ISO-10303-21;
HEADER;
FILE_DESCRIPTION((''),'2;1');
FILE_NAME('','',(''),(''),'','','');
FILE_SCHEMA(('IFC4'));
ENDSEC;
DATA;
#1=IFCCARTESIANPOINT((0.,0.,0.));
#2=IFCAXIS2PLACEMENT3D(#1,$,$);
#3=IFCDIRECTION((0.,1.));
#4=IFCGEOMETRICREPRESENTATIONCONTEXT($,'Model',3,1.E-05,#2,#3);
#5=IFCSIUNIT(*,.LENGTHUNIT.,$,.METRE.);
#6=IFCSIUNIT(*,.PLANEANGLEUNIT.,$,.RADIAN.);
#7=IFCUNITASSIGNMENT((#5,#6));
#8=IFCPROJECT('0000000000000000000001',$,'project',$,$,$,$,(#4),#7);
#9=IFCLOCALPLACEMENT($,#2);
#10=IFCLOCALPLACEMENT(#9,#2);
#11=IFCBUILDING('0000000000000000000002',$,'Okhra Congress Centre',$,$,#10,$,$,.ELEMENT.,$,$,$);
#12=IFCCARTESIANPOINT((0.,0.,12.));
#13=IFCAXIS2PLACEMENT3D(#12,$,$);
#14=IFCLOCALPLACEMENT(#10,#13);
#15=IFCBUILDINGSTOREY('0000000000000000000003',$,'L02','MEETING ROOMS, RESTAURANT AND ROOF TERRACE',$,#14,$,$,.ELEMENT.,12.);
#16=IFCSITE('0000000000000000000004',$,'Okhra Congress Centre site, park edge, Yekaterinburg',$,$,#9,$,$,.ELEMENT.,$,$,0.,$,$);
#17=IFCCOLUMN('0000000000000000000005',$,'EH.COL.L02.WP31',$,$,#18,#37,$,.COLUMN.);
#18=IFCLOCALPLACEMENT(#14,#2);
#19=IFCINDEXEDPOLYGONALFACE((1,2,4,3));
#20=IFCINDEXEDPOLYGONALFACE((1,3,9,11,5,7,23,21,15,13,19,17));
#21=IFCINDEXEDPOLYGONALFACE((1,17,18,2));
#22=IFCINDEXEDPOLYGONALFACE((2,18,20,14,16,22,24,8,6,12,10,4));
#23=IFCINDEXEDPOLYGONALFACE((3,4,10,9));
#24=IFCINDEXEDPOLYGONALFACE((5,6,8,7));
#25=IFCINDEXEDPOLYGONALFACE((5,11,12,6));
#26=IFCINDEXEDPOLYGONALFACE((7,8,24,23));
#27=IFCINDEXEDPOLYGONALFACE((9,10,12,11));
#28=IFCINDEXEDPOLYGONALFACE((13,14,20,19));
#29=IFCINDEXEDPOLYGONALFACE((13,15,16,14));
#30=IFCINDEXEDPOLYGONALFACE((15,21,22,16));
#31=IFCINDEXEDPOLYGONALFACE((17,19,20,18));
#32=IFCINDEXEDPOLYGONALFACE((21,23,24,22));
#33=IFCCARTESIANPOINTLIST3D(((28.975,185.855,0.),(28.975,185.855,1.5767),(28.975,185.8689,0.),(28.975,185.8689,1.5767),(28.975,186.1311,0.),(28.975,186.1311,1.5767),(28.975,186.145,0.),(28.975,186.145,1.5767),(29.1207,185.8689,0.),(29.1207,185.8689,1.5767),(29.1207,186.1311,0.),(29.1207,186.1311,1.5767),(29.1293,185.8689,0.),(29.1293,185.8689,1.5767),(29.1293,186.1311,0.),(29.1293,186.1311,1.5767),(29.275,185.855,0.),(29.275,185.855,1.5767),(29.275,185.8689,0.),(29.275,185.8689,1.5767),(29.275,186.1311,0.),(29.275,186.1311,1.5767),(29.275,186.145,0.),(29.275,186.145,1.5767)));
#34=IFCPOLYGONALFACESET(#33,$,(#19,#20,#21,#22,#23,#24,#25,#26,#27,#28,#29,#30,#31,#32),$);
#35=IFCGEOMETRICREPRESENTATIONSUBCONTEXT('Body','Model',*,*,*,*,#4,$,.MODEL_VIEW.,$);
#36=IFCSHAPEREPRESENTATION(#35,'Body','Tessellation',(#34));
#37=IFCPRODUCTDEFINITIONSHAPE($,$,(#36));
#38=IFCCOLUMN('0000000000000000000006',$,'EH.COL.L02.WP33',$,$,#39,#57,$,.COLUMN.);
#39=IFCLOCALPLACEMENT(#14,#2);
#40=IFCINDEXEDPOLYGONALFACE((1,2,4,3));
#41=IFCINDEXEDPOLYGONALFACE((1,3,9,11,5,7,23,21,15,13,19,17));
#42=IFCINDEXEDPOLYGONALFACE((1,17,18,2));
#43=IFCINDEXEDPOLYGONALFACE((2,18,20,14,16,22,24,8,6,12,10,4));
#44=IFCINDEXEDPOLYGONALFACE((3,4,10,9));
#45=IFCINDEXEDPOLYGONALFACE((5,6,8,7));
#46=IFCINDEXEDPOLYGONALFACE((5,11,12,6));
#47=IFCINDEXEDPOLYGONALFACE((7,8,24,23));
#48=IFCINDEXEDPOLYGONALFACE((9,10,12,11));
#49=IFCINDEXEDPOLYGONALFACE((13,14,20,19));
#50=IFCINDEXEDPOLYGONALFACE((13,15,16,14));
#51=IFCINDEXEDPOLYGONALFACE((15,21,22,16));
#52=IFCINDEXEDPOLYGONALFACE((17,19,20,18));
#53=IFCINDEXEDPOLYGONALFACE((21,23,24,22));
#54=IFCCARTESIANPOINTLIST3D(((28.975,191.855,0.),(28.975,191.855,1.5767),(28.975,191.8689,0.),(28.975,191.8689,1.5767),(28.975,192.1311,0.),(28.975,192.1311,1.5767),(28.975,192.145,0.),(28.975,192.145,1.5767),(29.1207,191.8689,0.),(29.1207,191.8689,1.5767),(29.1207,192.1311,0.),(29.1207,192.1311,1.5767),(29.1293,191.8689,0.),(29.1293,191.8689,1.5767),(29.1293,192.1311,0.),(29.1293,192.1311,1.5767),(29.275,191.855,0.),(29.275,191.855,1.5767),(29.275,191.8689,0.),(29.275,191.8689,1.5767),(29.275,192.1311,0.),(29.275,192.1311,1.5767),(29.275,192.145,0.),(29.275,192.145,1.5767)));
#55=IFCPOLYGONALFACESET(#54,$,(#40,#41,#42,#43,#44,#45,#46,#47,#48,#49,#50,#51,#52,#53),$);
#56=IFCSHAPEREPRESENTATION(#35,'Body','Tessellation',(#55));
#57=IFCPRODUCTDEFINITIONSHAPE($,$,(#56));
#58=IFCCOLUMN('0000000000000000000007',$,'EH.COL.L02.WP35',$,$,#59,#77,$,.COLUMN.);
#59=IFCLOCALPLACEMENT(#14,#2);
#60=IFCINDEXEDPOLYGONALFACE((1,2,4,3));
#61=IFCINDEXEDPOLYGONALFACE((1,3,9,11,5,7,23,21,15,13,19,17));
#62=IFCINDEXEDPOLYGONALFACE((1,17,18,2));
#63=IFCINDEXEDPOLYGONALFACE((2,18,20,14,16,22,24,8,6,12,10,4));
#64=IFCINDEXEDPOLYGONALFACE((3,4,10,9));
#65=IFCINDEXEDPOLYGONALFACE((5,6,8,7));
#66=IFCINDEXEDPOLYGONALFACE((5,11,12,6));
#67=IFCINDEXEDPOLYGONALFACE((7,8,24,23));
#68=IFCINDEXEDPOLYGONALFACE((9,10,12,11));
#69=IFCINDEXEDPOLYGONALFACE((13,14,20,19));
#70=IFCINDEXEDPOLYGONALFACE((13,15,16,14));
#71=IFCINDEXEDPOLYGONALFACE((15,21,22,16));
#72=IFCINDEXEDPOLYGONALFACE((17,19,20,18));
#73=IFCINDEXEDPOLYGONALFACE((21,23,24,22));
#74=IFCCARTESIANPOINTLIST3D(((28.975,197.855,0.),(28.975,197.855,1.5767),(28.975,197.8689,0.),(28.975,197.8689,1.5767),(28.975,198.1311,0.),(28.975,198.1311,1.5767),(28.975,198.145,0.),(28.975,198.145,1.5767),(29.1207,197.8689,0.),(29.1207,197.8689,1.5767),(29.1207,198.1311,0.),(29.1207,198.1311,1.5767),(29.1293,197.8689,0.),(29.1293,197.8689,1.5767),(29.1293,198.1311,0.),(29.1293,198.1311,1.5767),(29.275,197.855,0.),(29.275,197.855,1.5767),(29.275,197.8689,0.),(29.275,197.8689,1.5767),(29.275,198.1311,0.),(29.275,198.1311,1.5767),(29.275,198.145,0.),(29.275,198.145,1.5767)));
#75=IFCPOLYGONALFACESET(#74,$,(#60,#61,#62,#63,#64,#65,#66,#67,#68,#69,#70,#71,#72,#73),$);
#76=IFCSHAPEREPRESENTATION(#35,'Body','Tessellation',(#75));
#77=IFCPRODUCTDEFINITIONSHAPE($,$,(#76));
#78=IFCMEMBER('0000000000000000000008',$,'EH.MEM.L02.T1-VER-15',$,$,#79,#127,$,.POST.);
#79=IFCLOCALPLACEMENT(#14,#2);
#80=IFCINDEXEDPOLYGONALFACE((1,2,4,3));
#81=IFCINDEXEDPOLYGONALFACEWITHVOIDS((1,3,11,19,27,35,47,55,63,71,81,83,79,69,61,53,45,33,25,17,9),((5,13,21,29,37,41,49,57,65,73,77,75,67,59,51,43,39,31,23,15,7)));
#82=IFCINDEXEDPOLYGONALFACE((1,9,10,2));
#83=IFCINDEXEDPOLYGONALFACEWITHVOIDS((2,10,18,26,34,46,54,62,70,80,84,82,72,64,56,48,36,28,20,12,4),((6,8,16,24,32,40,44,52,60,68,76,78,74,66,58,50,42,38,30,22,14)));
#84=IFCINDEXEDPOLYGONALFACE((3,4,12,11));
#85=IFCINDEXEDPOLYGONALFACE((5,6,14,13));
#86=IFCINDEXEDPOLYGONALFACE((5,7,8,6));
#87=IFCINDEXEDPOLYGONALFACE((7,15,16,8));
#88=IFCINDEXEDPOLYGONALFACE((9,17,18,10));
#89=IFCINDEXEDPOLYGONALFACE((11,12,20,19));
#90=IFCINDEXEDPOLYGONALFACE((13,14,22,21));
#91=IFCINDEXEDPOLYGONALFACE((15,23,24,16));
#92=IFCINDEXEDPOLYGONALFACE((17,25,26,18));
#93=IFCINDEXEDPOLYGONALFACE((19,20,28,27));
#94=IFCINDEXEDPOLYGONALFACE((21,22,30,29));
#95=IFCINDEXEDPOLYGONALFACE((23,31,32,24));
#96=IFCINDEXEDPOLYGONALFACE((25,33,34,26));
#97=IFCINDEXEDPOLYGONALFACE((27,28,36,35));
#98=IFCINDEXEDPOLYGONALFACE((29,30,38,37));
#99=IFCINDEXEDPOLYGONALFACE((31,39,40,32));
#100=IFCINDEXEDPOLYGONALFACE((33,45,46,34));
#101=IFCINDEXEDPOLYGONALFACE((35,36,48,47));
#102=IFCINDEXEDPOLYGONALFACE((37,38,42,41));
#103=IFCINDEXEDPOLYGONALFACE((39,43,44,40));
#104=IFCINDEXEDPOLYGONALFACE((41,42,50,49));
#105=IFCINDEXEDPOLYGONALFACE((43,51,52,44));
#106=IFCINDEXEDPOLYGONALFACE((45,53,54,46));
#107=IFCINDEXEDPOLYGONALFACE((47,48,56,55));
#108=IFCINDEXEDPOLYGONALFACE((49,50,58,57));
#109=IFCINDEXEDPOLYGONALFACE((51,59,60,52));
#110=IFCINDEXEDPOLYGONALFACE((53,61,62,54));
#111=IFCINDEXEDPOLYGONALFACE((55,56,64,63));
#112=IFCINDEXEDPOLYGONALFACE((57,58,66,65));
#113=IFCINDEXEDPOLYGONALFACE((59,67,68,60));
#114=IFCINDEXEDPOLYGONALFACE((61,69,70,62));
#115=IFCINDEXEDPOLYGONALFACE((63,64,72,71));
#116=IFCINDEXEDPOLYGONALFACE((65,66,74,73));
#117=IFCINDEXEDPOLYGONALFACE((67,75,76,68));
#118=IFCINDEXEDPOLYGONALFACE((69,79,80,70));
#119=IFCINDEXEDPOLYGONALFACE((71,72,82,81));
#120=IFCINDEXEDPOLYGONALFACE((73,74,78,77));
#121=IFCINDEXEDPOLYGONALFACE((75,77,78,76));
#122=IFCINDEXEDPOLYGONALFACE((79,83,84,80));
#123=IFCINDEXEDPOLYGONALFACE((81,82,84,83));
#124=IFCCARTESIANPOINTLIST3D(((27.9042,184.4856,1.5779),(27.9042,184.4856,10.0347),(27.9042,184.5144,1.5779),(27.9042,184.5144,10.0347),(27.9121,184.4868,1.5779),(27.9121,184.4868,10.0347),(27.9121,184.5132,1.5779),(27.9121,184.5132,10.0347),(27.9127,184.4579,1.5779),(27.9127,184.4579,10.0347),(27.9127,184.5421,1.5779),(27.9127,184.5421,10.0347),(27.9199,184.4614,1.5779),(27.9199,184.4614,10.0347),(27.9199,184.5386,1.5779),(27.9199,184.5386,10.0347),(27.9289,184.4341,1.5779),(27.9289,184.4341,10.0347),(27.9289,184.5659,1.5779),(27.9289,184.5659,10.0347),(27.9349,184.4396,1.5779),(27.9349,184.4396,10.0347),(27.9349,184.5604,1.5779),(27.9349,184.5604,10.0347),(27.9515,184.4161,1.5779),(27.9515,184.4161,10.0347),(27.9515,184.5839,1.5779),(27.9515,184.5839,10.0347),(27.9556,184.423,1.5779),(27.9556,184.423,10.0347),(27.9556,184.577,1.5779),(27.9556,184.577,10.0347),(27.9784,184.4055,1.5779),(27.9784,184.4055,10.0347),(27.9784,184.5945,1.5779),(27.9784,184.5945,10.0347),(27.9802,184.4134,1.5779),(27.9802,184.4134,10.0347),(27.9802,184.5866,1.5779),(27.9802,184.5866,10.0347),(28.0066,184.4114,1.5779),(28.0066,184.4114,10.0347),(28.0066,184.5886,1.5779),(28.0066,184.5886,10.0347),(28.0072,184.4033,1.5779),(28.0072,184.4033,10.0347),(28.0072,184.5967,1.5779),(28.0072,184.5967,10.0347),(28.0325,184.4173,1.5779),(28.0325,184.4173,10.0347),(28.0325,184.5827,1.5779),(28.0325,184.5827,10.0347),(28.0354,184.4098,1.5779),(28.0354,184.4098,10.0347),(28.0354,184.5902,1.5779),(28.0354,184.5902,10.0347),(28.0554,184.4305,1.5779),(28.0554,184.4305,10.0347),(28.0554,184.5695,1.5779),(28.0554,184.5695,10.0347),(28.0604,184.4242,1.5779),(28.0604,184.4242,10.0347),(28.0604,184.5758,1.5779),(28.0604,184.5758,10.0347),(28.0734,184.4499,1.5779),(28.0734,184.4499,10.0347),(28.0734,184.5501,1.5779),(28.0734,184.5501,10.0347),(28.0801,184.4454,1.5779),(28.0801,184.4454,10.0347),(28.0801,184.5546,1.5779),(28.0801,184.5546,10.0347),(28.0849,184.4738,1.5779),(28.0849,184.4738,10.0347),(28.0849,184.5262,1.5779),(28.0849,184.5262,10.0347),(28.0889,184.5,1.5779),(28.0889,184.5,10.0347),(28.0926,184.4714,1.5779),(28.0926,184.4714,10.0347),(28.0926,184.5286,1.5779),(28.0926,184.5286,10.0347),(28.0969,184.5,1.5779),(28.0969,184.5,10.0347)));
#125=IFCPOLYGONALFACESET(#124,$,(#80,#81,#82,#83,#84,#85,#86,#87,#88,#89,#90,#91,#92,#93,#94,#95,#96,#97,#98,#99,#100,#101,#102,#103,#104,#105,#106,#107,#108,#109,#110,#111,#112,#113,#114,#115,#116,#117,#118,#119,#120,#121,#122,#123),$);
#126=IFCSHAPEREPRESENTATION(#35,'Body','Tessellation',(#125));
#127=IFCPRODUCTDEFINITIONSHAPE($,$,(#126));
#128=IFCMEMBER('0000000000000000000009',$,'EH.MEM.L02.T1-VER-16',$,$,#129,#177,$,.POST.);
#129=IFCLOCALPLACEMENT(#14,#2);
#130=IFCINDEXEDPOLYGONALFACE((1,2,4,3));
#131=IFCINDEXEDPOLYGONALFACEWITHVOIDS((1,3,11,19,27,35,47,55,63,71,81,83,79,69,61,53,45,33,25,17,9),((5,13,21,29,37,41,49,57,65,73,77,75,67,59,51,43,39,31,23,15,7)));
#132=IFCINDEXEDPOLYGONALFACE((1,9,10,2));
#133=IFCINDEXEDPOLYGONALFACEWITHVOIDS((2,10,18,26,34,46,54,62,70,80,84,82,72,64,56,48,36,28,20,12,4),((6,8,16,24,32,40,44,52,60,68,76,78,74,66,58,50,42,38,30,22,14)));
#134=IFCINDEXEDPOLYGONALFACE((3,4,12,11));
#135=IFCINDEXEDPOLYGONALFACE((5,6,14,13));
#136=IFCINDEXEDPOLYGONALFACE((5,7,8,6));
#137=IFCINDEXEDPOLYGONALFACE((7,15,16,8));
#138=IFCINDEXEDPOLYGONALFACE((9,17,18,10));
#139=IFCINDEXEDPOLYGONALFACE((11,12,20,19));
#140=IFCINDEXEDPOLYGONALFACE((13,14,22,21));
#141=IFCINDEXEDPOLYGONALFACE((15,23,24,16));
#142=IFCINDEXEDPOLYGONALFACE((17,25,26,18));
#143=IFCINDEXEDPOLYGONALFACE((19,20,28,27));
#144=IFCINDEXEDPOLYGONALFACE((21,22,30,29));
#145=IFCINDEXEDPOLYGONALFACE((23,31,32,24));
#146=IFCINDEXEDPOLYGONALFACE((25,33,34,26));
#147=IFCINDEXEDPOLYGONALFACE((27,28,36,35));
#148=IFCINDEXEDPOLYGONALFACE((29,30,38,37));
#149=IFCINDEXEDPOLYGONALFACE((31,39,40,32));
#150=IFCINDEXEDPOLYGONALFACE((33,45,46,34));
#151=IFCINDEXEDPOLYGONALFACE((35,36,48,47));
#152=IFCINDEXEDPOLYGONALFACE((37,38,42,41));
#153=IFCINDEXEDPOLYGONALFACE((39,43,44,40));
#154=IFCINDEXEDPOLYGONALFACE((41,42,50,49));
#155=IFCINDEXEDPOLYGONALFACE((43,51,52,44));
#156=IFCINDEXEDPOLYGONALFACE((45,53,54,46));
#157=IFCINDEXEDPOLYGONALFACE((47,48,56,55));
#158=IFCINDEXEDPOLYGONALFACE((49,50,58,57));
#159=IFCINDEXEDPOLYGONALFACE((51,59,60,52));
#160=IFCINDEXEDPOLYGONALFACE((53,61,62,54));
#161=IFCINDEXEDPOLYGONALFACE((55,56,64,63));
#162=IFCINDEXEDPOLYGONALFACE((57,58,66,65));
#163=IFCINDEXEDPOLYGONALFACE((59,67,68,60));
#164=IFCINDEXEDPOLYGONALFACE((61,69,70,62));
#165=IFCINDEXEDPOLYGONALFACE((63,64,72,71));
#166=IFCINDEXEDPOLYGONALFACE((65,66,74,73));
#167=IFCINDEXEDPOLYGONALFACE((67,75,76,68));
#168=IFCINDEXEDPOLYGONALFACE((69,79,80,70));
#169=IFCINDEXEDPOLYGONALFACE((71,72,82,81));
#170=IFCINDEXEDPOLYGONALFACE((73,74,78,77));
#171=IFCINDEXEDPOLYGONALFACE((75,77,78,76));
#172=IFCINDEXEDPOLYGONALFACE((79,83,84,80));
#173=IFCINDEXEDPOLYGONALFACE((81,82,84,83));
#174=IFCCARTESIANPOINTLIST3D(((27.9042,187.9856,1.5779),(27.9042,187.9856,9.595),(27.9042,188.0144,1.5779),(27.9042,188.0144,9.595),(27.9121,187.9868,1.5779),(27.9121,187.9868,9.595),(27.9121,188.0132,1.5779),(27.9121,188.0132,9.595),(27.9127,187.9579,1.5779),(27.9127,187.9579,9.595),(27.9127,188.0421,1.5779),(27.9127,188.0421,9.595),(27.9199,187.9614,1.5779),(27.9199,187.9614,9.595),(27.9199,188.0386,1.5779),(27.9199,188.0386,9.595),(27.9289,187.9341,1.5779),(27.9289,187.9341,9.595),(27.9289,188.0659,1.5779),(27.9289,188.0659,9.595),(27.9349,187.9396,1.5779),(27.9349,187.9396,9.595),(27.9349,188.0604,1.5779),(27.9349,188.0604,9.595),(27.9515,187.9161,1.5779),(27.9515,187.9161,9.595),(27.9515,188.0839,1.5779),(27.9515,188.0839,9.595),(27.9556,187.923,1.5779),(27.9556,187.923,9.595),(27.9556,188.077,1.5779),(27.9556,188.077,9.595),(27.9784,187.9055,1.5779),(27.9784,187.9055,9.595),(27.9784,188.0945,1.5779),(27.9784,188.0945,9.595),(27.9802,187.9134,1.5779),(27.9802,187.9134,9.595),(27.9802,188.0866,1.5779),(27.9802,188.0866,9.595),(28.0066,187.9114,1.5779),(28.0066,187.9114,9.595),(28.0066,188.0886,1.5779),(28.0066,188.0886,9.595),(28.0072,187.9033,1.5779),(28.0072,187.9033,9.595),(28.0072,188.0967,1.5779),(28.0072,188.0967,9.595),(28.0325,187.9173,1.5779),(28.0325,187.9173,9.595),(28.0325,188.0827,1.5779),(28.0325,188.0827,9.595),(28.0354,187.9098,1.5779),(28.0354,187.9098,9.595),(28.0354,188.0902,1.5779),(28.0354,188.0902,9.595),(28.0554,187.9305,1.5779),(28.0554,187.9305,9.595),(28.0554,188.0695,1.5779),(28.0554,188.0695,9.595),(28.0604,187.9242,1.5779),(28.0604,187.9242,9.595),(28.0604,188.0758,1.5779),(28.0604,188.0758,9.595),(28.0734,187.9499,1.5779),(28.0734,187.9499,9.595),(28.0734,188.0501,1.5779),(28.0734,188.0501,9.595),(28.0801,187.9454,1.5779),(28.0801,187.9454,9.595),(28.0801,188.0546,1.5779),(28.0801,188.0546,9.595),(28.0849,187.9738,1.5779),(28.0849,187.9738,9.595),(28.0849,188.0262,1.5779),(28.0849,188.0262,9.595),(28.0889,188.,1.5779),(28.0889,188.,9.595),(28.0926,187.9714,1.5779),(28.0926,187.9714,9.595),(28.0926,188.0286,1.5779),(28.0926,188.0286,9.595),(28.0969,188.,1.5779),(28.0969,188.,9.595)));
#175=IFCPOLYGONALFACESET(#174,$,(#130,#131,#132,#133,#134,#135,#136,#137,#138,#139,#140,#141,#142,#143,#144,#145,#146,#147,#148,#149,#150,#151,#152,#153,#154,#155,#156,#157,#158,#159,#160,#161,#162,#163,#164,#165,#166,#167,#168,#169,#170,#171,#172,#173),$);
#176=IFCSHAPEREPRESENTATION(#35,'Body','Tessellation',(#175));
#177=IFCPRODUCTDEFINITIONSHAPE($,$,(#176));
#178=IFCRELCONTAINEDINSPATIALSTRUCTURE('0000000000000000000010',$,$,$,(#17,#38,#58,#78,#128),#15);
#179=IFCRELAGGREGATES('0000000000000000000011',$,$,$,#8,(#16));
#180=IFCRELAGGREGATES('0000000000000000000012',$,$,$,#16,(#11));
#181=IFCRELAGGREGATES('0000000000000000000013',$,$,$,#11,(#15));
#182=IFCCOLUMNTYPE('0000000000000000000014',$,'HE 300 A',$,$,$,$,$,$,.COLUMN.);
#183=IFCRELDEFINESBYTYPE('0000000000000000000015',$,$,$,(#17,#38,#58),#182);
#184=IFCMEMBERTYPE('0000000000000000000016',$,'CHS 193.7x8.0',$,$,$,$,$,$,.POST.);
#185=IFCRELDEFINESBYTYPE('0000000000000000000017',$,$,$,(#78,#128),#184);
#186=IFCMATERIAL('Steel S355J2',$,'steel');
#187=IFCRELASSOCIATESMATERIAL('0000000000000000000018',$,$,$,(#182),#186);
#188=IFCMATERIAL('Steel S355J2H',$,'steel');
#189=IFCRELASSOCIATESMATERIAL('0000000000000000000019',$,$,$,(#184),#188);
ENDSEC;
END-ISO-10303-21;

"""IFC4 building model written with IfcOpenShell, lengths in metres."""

from ifc_helpers import new_model, si_unit, direction, frame, origin, origin_2d, place, context, subcontext, project, spatial, hollow_circle, i_section, extrude, material, material_profile, profile_set, type_object, element, save


model = new_model("IFC4")

# Units and contexts
model_context = context("Model", 3, precision=1e-05, world=origin(), true_north=direction((0.0, 1.0)))
body_context = subcontext(model_context, "Body", "Model", "MODEL_VIEW")
ifc_project = project(units=[si_unit("LENGTHUNIT", "METRE"), si_unit("PLANEANGLEUNIT", "RADIAN")], contexts=[model_context])

# Site, building, storey
site_placement = place(None, origin())
site = spatial("IfcSite", under=ifc_project, at=site_placement, Name="Okhra Congress Centre site, park edge, Yekaterinburg", CompositionType="ELEMENT", RefElevation=0.0)
building_placement = place(site_placement, origin())
building = spatial("IfcBuilding", under=site, at=building_placement, Name="Okhra Congress Centre", CompositionType="ELEMENT")
storey_placement = place(building_placement, frame((0.0, 0.0, 12.0)))
storey = spatial("IfcBuildingStorey", under=building, at=storey_placement, Name="L02", Description="MEETING ROOMS, RESTAURANT AND ROOF TERRACE", CompositionType="ELEMENT", Elevation=12.0)

# Columns
ifc_material_1 = material(Name="Steel S355J2", Category="steel")
ifc_material_profile_1 = material_profile(ifc_material_1, i_section(OverallWidth=0.3, OverallDepth=0.29, WebThickness=0.0085, FlangeThickness=0.0139, at=origin_2d()), Name="HE 300 A")
ifc_profile_set_1 = profile_set([ifc_material_profile_1], Name="Steel S355J2")
column_type = type_object("IfcColumnType", Name="HE 300 A", PredefinedType="COLUMN", material=ifc_profile_set_1)
for number, where, z_axis, x_axis, name in (
    (1, (29.125, 186.0, 0.0), (0.0, 0.0, 1.0), (1.0, 0.0, 0.0), "EH.COL.L02.WP31"),
    (2, (29.125, 192.0, 0.0), (0.0, 0.0, 1.0), (1.0, 0.0, 0.0), "EH.COL.L02.WP33"),
    (3, (29.125, 198.0, 0.0), (0.0, 0.0, 1.0), (1.0, 0.0, 0.0), "EH.COL.L02.WP35"),
):
    element("IfcColumn", number, at=place(storey_placement, frame(where, z_axis=z_axis, x_axis=x_axis)), inside=storey, type_object=column_type, Name=name, PredefinedType="COLUMN", context=body_context, shape_type="SweptSolid", body=[
        extrude(i_section(OverallWidth=0.3, OverallDepth=0.29, WebThickness=0.0085, FlangeThickness=0.0139, at=origin_2d()), origin(), (0.0, 0.0, 1.0), 1.5767),
    ])

# Members
ifc_material_2 = material(Name="Steel S355J2H", Category="steel")
ifc_material_profile_2 = material_profile(ifc_material_2, hollow_circle(Radius=0.0969, WallThickness=0.0081, at=origin_2d()), Name="CHS 193.7x8.0")
ifc_profile_set_2 = profile_set([ifc_material_profile_2], Name="Steel S355J2H")
member_type_1 = type_object("IfcMemberType", Name="CHS 193.7x8.0", PredefinedType="POST", material=ifc_profile_set_2)
member_1_placement = place(storey_placement, frame((28.0, 184.5, 1.5779), z_axis=(0.0, 0.0, 1.0), x_axis=(1.0, 0.0, 0.0)))
element("IfcMember", 4, at=member_1_placement, inside=storey, type_object=member_type_1, Name="EH.MEM.L02.T1-VER-15", PredefinedType="POST", context=body_context, shape_type="SweptSolid", body=[
    extrude(hollow_circle(Radius=0.0969, WallThickness=0.0081, at=origin_2d()), origin(), (0.0, 0.0, 1.0), 8.4568),
])
member_2_placement = place(storey_placement, frame((28.0, 188.0, 1.5779), z_axis=(0.0, 0.0, 1.0), x_axis=(1.0, 0.0, 0.0)))
element("IfcMember", 5, at=member_2_placement, inside=storey, type_object=member_type_1, Name="EH.MEM.L02.T1-VER-16", PredefinedType="POST", context=body_context, shape_type="SweptSolid", body=[
    extrude(hollow_circle(Radius=0.0969, WallThickness=0.0081, at=origin_2d()), origin(), (0.0, 0.0, 1.0), 8.0171),
])

save(model, "model.ifc")
